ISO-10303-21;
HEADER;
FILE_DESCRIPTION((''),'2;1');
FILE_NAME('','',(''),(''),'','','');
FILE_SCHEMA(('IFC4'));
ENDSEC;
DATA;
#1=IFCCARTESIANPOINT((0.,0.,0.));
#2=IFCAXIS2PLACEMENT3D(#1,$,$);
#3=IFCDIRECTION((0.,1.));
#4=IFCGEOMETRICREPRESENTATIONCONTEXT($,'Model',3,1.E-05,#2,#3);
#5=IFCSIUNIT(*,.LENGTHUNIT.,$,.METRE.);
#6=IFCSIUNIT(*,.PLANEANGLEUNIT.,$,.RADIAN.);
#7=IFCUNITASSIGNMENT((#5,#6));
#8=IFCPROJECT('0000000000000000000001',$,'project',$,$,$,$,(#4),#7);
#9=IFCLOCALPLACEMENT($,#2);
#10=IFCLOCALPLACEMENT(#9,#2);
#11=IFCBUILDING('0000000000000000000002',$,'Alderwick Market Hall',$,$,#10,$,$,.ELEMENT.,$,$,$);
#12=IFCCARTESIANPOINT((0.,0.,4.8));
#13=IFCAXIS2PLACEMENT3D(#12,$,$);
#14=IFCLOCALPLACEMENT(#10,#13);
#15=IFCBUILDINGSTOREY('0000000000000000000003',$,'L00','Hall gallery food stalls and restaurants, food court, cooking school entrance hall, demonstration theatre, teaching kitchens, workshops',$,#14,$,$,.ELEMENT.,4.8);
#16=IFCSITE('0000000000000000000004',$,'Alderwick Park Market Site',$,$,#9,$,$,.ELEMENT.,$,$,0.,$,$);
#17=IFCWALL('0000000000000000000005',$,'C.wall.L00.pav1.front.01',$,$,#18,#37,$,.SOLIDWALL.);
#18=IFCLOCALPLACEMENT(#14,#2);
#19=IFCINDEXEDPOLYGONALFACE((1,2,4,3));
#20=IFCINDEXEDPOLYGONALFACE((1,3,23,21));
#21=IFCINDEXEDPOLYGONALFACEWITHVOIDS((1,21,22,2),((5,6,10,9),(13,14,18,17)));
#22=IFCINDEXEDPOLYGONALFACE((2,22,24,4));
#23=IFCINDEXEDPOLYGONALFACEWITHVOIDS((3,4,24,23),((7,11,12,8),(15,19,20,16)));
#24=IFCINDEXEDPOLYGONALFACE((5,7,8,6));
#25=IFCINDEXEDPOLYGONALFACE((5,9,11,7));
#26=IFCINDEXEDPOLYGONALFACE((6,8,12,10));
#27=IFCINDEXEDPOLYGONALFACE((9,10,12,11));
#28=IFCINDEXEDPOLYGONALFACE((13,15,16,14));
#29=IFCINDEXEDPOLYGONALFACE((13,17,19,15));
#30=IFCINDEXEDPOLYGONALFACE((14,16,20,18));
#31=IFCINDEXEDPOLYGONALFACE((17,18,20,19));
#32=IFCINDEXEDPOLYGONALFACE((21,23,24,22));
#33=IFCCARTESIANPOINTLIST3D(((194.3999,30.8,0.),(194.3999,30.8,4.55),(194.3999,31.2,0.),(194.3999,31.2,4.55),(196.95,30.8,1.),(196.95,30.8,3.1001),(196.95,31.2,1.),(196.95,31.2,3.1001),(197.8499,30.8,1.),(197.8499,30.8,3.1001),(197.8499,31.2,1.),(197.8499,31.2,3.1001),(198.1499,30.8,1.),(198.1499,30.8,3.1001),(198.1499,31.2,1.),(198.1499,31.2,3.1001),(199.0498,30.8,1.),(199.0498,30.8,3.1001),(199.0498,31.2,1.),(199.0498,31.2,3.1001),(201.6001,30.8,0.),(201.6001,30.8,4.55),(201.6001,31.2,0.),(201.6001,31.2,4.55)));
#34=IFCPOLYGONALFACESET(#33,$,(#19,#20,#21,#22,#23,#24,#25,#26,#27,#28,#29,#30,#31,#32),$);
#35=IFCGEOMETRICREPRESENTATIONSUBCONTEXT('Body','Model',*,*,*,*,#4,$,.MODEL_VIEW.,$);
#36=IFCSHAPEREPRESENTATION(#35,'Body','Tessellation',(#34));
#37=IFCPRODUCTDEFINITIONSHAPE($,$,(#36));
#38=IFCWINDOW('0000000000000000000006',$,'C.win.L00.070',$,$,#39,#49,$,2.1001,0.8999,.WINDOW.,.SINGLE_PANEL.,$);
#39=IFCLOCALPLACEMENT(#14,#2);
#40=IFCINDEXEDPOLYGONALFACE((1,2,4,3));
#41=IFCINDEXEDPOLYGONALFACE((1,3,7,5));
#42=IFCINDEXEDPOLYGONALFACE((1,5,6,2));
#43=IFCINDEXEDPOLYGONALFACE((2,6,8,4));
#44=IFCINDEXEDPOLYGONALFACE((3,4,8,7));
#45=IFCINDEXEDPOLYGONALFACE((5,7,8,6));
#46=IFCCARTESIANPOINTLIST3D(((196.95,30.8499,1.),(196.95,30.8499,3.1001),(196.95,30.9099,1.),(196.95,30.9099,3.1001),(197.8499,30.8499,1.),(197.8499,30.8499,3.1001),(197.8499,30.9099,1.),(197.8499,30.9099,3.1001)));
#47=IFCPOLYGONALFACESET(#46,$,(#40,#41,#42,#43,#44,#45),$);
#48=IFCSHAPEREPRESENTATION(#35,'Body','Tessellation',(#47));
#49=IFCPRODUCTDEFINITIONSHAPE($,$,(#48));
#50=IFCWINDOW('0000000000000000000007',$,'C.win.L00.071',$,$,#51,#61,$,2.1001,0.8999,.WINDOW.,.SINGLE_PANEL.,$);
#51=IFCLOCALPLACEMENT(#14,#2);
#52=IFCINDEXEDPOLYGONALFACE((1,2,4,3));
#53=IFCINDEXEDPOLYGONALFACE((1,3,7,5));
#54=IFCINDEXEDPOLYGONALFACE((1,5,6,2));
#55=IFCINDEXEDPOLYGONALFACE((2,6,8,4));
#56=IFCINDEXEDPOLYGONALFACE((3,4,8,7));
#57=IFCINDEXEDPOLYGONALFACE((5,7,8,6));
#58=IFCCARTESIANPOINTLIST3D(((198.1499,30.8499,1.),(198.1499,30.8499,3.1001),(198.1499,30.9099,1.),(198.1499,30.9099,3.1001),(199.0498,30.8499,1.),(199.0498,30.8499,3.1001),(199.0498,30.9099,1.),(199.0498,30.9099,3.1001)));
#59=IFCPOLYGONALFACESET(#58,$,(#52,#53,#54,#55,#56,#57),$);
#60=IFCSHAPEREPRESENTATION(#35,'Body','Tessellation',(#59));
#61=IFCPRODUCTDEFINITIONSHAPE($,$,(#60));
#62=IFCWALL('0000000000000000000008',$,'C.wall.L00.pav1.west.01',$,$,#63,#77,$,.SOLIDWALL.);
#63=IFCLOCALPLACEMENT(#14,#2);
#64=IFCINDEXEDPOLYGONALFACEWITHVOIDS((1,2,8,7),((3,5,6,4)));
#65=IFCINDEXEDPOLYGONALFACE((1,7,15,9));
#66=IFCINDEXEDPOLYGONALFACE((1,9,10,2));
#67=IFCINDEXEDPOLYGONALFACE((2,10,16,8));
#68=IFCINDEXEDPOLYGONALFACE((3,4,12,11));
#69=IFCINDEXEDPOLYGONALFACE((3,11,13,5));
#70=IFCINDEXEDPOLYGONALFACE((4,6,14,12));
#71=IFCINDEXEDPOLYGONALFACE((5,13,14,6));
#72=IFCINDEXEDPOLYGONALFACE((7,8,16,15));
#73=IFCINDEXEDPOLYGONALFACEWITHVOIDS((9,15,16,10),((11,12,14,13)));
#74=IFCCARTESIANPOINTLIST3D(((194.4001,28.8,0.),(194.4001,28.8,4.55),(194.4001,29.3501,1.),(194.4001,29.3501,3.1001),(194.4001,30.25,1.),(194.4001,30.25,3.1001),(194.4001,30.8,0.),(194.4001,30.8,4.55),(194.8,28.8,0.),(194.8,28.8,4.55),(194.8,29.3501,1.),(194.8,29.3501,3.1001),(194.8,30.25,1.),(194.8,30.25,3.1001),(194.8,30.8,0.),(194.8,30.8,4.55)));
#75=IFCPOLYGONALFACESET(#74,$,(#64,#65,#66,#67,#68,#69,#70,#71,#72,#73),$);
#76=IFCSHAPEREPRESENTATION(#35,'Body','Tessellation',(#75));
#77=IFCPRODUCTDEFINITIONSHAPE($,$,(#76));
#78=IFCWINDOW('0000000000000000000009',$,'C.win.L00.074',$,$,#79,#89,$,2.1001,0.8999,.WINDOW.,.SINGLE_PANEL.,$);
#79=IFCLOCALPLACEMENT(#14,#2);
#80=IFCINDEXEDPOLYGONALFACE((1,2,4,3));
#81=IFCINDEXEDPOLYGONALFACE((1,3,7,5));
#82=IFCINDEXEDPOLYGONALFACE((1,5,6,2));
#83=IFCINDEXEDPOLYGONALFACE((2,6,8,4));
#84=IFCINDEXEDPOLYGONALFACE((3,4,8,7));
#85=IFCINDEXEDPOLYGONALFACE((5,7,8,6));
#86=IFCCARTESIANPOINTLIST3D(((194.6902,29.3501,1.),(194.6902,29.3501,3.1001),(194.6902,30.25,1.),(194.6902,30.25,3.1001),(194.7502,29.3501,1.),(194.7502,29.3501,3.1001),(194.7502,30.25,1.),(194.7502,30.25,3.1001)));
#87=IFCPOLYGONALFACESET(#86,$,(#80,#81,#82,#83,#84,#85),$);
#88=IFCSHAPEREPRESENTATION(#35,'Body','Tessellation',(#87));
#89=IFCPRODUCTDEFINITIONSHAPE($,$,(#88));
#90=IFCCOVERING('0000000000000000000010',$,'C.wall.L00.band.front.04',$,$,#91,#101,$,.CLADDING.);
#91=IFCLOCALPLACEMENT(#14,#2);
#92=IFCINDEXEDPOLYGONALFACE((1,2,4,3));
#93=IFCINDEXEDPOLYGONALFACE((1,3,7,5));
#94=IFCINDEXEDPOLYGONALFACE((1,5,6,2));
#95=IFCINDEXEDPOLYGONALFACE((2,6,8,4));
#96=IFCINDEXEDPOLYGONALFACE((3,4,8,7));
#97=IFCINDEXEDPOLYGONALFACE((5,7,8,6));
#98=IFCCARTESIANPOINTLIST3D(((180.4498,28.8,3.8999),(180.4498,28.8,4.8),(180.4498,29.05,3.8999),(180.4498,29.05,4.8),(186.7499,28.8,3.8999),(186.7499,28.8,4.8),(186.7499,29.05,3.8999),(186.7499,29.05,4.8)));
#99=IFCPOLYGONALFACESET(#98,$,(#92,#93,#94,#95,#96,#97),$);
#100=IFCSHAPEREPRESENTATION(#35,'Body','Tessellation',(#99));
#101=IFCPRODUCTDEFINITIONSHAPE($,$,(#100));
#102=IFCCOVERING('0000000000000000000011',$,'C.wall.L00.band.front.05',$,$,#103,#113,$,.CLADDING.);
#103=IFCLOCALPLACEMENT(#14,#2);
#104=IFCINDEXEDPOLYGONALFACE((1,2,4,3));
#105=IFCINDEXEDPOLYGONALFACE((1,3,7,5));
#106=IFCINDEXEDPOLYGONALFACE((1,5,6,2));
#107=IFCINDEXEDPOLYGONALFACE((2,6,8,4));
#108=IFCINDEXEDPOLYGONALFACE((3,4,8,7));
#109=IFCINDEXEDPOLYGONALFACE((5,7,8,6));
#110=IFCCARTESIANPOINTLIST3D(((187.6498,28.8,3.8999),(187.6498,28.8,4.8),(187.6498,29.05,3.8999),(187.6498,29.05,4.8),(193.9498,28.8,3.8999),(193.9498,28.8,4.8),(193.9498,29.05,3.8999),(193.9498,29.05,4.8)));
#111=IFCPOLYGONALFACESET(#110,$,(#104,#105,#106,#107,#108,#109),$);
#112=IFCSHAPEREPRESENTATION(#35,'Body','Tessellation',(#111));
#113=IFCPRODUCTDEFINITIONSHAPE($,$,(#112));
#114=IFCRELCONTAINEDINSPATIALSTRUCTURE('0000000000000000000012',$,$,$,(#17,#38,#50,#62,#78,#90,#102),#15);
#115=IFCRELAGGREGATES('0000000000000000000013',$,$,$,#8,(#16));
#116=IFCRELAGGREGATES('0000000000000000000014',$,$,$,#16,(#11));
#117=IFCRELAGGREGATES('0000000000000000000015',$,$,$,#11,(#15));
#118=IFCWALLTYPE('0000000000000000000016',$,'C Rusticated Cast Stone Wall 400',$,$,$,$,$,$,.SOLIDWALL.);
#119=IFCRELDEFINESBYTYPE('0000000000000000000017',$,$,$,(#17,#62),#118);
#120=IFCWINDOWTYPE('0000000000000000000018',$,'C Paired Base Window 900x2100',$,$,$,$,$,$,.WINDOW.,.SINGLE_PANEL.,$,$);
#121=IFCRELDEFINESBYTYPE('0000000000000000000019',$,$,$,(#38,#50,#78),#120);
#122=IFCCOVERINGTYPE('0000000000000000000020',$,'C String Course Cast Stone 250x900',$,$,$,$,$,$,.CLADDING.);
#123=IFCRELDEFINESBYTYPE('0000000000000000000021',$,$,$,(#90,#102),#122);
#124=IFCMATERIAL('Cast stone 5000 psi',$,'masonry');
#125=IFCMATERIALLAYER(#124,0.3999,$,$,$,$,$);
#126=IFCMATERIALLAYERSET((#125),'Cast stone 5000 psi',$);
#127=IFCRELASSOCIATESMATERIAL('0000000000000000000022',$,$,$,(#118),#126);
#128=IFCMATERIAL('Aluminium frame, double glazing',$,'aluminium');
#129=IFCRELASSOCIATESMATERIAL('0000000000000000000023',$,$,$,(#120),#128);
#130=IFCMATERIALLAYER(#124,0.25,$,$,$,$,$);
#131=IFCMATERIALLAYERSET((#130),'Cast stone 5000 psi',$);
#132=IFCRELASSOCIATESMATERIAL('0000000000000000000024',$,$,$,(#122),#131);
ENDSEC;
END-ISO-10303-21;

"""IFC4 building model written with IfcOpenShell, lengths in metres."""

from ifc_helpers import new_model, si_unit, direction, frame, frame_2d, origin, place, context, subcontext, project, spatial, rectangle, extrude, material, layer, layer_set, type_object, element, fill, save


model = new_model("IFC4")

# Units and contexts
model_context = context("Model", 3, precision=1e-05, world=origin(), true_north=direction((0.0, 1.0)))
body_context = subcontext(model_context, "Body", "Model", "MODEL_VIEW")
ifc_project = project(units=[si_unit("LENGTHUNIT", "METRE"), si_unit("PLANEANGLEUNIT", "RADIAN")], contexts=[model_context])

# Site, building, storey
site_placement = place(None, origin())
site = spatial("IfcSite", under=ifc_project, at=site_placement, Name="Alderwick Park Market Site", CompositionType="ELEMENT", RefElevation=0.0)
building_placement = place(site_placement, origin())
building = spatial("IfcBuilding", under=site, at=building_placement, Name="Alderwick Market Hall", CompositionType="ELEMENT")
storey_placement = place(building_placement, frame((0.0, 0.0, 4.8)))
storey = spatial("IfcBuildingStorey", under=building, at=storey_placement, Name="L00", Description="Hall gallery food stalls and restaurants, food court, cooking school entrance hall, demonstration theatre, teaching kitchens, workshops", CompositionType="ELEMENT", Elevation=4.8)

# Shared definitions
ifc_material_1 = material(Name="Cast stone 5000 psi", Category="masonry")
ifc_layer_1 = layer(ifc_material_1, 0.3999)
ifc_layer_set_1 = layer_set([ifc_layer_1], Name="Cast stone 5000 psi")
wall_type = type_object("IfcWallType", Name="C Rusticated Cast Stone Wall 400", PredefinedType="SOLIDWALL", material=ifc_layer_set_1)
ifc_material_2 = material(Name="Aluminium frame, double glazing", Category="aluminium")
window_type = type_object("IfcWindowType", Name="C Paired Base Window 900x2100", PartitioningType="SINGLE_PANEL", PredefinedType="WINDOW", material=ifc_material_2)

# Wall, openings, windows
wall_1_placement = place(storey_placement, frame((194.3999, 31.0, 0.0), z_axis=(0.0, 0.0, 1.0), x_axis=(1.0, 0.0, 0.0)))
wall_1 = element("IfcWall", 1, at=wall_1_placement, inside=storey, type_object=wall_type, Name="C.wall.L00.pav1.front.01", PredefinedType="SOLIDWALL", context=body_context, shape_type="SweptSolid", body=[
    extrude(rectangle(XDim=7.2002, YDim=0.3999, at=frame_2d((3.6001, 0.0))), origin(), (0.0, 0.0, 1.0), 4.55),
])
opening_1_placement = place(wall_1_placement, frame((2.55, 0.0, 1.0)))
opening_1 = element("IfcOpeningElement", 2, at=opening_1_placement, cuts=wall_1, PredefinedType="OPENING", context=body_context, shape_type="SweptSolid", body=[
    extrude(rectangle(XDim=0.8999, YDim=2.1001, at=frame_2d((0.45, 1.05))), frame((0.0, 0.21, 0.0), z_axis=(0.0, -1.0, 0.0), x_axis=(1.0, 0.0, 0.0)), (0.0, 0.0, 1.0), 0.4199),
])
opening_2_placement = place(wall_1_placement, frame((3.75, 0.0, 1.0)))
opening_2 = element("IfcOpeningElement", 3, at=opening_2_placement, cuts=wall_1, PredefinedType="OPENING", context=body_context, shape_type="SweptSolid", body=[
    extrude(rectangle(XDim=0.8999, YDim=2.1001, at=frame_2d((0.45, 1.05))), frame((0.0, 0.21, 0.0), z_axis=(0.0, -1.0, 0.0), x_axis=(1.0, 0.0, 0.0)), (0.0, 0.0, 1.0), 0.4199),
])
window_1_placement = place(opening_1_placement, origin())
window_1 = element("IfcWindow", 4, at=window_1_placement, inside=storey, type_object=window_type, Name="C.win.L00.070", OverallHeight=2.1001, OverallWidth=0.8999, PartitioningType="SINGLE_PANEL", PredefinedType="WINDOW", context=body_context, shape_type="SweptSolid", body=[
    extrude(rectangle(XDim=0.8999, YDim=2.1001, at=frame_2d((0.45, 1.05))), frame((0.0, -0.0901, 0.0), z_axis=(0.0, -1.0, 0.0), x_axis=(1.0, 0.0, 0.0)), (0.0, 0.0, 1.0), 0.0601),
])
fill(opening_1, window_1)
window_2_placement = place(opening_2_placement, origin())
window_2 = element("IfcWindow", 5, at=window_2_placement, inside=storey, type_object=window_type, Name="C.win.L00.071", OverallHeight=2.1001, OverallWidth=0.8999, PartitioningType="SINGLE_PANEL", PredefinedType="WINDOW", context=body_context, shape_type="SweptSolid", body=[
    extrude(rectangle(XDim=0.8999, YDim=2.1001, at=frame_2d((0.45, 1.05))), frame((0.0, -0.0901, 0.0), z_axis=(0.0, -1.0, 0.0), x_axis=(1.0, 0.0, 0.0)), (0.0, 0.0, 1.0), 0.0601),
])
fill(opening_2, window_2)

# Wall, opening, window
wall_2_placement = place(storey_placement, frame((194.6001, 28.8, 0.0), z_axis=(0.0, 0.0, 1.0), x_axis=(0.0, 1.0, 0.0)))
wall_2 = element("IfcWall", 6, at=wall_2_placement, inside=storey, type_object=wall_type, Name="C.wall.L00.pav1.west.01", PredefinedType="SOLIDWALL", context=body_context, shape_type="SweptSolid", body=[
    extrude(rectangle(XDim=2.0, YDim=0.3999, at=frame_2d((1.0, 0.0))), origin(), (0.0, 0.0, 1.0), 4.55),
])
opening_3_placement = place(wall_2_placement, frame((0.55, 0.0, 1.0)))
opening_3 = element("IfcOpeningElement", 7, at=opening_3_placement, cuts=wall_2, PredefinedType="OPENING", context=body_context, shape_type="SweptSolid", body=[
    extrude(rectangle(XDim=0.8999, YDim=2.1001, at=frame_2d((0.45, 1.05))), frame((0.0, 0.21, 0.0), z_axis=(0.0, -1.0, 0.0), x_axis=(1.0, 0.0, 0.0)), (0.0, 0.0, 1.0), 0.4199),
])
window_3_placement = place(opening_3_placement, origin())
window_3 = element("IfcWindow", 8, at=window_3_placement, inside=storey, type_object=window_type, Name="C.win.L00.074", OverallHeight=2.1001, OverallWidth=0.8999, PartitioningType="SINGLE_PANEL", PredefinedType="WINDOW", context=body_context, shape_type="SweptSolid", body=[
    extrude(rectangle(XDim=0.8999, YDim=2.1001, at=frame_2d((0.45, 1.05))), frame((0.0, -0.0901, 0.0), z_axis=(0.0, -1.0, 0.0), x_axis=(1.0, 0.0, 0.0)), (0.0, 0.0, 1.0), 0.0601),
])
fill(opening_3, window_3)

# Coverings
ifc_layer_2 = layer(ifc_material_1, 0.25)
ifc_layer_set_2 = layer_set([ifc_layer_2], Name="Cast stone 5000 psi")
covering_type = type_object("IfcCoveringType", Name="C String Course Cast Stone 250x900", PredefinedType="CLADDING", material=ifc_layer_set_2)
for number, where, z_axis, x_axis, name in (
    (9, (180.45, 28.925, 3.8999), (0.0, 0.0, 1.0), (1.0, 0.0, 0.0), "C.wall.L00.band.front.04"),
    (10, (187.6499, 28.925, 3.8999), (0.0, 0.0, 1.0), (1.0, 0.0, 0.0), "C.wall.L00.band.front.05"),
):
    element("IfcCovering", number, at=place(storey_placement, frame(where, z_axis=z_axis, x_axis=x_axis)), inside=storey, type_object=covering_type, Name=name, PredefinedType="CLADDING", context=body_context, shape_type="SweptSolid", body=[
        extrude(rectangle(XDim=6.3, YDim=0.25, at=frame_2d((3.1499, 0.0))), origin(), (0.0, 0.0, 1.0), 0.9001),
    ])

save(model, "model.ifc")
